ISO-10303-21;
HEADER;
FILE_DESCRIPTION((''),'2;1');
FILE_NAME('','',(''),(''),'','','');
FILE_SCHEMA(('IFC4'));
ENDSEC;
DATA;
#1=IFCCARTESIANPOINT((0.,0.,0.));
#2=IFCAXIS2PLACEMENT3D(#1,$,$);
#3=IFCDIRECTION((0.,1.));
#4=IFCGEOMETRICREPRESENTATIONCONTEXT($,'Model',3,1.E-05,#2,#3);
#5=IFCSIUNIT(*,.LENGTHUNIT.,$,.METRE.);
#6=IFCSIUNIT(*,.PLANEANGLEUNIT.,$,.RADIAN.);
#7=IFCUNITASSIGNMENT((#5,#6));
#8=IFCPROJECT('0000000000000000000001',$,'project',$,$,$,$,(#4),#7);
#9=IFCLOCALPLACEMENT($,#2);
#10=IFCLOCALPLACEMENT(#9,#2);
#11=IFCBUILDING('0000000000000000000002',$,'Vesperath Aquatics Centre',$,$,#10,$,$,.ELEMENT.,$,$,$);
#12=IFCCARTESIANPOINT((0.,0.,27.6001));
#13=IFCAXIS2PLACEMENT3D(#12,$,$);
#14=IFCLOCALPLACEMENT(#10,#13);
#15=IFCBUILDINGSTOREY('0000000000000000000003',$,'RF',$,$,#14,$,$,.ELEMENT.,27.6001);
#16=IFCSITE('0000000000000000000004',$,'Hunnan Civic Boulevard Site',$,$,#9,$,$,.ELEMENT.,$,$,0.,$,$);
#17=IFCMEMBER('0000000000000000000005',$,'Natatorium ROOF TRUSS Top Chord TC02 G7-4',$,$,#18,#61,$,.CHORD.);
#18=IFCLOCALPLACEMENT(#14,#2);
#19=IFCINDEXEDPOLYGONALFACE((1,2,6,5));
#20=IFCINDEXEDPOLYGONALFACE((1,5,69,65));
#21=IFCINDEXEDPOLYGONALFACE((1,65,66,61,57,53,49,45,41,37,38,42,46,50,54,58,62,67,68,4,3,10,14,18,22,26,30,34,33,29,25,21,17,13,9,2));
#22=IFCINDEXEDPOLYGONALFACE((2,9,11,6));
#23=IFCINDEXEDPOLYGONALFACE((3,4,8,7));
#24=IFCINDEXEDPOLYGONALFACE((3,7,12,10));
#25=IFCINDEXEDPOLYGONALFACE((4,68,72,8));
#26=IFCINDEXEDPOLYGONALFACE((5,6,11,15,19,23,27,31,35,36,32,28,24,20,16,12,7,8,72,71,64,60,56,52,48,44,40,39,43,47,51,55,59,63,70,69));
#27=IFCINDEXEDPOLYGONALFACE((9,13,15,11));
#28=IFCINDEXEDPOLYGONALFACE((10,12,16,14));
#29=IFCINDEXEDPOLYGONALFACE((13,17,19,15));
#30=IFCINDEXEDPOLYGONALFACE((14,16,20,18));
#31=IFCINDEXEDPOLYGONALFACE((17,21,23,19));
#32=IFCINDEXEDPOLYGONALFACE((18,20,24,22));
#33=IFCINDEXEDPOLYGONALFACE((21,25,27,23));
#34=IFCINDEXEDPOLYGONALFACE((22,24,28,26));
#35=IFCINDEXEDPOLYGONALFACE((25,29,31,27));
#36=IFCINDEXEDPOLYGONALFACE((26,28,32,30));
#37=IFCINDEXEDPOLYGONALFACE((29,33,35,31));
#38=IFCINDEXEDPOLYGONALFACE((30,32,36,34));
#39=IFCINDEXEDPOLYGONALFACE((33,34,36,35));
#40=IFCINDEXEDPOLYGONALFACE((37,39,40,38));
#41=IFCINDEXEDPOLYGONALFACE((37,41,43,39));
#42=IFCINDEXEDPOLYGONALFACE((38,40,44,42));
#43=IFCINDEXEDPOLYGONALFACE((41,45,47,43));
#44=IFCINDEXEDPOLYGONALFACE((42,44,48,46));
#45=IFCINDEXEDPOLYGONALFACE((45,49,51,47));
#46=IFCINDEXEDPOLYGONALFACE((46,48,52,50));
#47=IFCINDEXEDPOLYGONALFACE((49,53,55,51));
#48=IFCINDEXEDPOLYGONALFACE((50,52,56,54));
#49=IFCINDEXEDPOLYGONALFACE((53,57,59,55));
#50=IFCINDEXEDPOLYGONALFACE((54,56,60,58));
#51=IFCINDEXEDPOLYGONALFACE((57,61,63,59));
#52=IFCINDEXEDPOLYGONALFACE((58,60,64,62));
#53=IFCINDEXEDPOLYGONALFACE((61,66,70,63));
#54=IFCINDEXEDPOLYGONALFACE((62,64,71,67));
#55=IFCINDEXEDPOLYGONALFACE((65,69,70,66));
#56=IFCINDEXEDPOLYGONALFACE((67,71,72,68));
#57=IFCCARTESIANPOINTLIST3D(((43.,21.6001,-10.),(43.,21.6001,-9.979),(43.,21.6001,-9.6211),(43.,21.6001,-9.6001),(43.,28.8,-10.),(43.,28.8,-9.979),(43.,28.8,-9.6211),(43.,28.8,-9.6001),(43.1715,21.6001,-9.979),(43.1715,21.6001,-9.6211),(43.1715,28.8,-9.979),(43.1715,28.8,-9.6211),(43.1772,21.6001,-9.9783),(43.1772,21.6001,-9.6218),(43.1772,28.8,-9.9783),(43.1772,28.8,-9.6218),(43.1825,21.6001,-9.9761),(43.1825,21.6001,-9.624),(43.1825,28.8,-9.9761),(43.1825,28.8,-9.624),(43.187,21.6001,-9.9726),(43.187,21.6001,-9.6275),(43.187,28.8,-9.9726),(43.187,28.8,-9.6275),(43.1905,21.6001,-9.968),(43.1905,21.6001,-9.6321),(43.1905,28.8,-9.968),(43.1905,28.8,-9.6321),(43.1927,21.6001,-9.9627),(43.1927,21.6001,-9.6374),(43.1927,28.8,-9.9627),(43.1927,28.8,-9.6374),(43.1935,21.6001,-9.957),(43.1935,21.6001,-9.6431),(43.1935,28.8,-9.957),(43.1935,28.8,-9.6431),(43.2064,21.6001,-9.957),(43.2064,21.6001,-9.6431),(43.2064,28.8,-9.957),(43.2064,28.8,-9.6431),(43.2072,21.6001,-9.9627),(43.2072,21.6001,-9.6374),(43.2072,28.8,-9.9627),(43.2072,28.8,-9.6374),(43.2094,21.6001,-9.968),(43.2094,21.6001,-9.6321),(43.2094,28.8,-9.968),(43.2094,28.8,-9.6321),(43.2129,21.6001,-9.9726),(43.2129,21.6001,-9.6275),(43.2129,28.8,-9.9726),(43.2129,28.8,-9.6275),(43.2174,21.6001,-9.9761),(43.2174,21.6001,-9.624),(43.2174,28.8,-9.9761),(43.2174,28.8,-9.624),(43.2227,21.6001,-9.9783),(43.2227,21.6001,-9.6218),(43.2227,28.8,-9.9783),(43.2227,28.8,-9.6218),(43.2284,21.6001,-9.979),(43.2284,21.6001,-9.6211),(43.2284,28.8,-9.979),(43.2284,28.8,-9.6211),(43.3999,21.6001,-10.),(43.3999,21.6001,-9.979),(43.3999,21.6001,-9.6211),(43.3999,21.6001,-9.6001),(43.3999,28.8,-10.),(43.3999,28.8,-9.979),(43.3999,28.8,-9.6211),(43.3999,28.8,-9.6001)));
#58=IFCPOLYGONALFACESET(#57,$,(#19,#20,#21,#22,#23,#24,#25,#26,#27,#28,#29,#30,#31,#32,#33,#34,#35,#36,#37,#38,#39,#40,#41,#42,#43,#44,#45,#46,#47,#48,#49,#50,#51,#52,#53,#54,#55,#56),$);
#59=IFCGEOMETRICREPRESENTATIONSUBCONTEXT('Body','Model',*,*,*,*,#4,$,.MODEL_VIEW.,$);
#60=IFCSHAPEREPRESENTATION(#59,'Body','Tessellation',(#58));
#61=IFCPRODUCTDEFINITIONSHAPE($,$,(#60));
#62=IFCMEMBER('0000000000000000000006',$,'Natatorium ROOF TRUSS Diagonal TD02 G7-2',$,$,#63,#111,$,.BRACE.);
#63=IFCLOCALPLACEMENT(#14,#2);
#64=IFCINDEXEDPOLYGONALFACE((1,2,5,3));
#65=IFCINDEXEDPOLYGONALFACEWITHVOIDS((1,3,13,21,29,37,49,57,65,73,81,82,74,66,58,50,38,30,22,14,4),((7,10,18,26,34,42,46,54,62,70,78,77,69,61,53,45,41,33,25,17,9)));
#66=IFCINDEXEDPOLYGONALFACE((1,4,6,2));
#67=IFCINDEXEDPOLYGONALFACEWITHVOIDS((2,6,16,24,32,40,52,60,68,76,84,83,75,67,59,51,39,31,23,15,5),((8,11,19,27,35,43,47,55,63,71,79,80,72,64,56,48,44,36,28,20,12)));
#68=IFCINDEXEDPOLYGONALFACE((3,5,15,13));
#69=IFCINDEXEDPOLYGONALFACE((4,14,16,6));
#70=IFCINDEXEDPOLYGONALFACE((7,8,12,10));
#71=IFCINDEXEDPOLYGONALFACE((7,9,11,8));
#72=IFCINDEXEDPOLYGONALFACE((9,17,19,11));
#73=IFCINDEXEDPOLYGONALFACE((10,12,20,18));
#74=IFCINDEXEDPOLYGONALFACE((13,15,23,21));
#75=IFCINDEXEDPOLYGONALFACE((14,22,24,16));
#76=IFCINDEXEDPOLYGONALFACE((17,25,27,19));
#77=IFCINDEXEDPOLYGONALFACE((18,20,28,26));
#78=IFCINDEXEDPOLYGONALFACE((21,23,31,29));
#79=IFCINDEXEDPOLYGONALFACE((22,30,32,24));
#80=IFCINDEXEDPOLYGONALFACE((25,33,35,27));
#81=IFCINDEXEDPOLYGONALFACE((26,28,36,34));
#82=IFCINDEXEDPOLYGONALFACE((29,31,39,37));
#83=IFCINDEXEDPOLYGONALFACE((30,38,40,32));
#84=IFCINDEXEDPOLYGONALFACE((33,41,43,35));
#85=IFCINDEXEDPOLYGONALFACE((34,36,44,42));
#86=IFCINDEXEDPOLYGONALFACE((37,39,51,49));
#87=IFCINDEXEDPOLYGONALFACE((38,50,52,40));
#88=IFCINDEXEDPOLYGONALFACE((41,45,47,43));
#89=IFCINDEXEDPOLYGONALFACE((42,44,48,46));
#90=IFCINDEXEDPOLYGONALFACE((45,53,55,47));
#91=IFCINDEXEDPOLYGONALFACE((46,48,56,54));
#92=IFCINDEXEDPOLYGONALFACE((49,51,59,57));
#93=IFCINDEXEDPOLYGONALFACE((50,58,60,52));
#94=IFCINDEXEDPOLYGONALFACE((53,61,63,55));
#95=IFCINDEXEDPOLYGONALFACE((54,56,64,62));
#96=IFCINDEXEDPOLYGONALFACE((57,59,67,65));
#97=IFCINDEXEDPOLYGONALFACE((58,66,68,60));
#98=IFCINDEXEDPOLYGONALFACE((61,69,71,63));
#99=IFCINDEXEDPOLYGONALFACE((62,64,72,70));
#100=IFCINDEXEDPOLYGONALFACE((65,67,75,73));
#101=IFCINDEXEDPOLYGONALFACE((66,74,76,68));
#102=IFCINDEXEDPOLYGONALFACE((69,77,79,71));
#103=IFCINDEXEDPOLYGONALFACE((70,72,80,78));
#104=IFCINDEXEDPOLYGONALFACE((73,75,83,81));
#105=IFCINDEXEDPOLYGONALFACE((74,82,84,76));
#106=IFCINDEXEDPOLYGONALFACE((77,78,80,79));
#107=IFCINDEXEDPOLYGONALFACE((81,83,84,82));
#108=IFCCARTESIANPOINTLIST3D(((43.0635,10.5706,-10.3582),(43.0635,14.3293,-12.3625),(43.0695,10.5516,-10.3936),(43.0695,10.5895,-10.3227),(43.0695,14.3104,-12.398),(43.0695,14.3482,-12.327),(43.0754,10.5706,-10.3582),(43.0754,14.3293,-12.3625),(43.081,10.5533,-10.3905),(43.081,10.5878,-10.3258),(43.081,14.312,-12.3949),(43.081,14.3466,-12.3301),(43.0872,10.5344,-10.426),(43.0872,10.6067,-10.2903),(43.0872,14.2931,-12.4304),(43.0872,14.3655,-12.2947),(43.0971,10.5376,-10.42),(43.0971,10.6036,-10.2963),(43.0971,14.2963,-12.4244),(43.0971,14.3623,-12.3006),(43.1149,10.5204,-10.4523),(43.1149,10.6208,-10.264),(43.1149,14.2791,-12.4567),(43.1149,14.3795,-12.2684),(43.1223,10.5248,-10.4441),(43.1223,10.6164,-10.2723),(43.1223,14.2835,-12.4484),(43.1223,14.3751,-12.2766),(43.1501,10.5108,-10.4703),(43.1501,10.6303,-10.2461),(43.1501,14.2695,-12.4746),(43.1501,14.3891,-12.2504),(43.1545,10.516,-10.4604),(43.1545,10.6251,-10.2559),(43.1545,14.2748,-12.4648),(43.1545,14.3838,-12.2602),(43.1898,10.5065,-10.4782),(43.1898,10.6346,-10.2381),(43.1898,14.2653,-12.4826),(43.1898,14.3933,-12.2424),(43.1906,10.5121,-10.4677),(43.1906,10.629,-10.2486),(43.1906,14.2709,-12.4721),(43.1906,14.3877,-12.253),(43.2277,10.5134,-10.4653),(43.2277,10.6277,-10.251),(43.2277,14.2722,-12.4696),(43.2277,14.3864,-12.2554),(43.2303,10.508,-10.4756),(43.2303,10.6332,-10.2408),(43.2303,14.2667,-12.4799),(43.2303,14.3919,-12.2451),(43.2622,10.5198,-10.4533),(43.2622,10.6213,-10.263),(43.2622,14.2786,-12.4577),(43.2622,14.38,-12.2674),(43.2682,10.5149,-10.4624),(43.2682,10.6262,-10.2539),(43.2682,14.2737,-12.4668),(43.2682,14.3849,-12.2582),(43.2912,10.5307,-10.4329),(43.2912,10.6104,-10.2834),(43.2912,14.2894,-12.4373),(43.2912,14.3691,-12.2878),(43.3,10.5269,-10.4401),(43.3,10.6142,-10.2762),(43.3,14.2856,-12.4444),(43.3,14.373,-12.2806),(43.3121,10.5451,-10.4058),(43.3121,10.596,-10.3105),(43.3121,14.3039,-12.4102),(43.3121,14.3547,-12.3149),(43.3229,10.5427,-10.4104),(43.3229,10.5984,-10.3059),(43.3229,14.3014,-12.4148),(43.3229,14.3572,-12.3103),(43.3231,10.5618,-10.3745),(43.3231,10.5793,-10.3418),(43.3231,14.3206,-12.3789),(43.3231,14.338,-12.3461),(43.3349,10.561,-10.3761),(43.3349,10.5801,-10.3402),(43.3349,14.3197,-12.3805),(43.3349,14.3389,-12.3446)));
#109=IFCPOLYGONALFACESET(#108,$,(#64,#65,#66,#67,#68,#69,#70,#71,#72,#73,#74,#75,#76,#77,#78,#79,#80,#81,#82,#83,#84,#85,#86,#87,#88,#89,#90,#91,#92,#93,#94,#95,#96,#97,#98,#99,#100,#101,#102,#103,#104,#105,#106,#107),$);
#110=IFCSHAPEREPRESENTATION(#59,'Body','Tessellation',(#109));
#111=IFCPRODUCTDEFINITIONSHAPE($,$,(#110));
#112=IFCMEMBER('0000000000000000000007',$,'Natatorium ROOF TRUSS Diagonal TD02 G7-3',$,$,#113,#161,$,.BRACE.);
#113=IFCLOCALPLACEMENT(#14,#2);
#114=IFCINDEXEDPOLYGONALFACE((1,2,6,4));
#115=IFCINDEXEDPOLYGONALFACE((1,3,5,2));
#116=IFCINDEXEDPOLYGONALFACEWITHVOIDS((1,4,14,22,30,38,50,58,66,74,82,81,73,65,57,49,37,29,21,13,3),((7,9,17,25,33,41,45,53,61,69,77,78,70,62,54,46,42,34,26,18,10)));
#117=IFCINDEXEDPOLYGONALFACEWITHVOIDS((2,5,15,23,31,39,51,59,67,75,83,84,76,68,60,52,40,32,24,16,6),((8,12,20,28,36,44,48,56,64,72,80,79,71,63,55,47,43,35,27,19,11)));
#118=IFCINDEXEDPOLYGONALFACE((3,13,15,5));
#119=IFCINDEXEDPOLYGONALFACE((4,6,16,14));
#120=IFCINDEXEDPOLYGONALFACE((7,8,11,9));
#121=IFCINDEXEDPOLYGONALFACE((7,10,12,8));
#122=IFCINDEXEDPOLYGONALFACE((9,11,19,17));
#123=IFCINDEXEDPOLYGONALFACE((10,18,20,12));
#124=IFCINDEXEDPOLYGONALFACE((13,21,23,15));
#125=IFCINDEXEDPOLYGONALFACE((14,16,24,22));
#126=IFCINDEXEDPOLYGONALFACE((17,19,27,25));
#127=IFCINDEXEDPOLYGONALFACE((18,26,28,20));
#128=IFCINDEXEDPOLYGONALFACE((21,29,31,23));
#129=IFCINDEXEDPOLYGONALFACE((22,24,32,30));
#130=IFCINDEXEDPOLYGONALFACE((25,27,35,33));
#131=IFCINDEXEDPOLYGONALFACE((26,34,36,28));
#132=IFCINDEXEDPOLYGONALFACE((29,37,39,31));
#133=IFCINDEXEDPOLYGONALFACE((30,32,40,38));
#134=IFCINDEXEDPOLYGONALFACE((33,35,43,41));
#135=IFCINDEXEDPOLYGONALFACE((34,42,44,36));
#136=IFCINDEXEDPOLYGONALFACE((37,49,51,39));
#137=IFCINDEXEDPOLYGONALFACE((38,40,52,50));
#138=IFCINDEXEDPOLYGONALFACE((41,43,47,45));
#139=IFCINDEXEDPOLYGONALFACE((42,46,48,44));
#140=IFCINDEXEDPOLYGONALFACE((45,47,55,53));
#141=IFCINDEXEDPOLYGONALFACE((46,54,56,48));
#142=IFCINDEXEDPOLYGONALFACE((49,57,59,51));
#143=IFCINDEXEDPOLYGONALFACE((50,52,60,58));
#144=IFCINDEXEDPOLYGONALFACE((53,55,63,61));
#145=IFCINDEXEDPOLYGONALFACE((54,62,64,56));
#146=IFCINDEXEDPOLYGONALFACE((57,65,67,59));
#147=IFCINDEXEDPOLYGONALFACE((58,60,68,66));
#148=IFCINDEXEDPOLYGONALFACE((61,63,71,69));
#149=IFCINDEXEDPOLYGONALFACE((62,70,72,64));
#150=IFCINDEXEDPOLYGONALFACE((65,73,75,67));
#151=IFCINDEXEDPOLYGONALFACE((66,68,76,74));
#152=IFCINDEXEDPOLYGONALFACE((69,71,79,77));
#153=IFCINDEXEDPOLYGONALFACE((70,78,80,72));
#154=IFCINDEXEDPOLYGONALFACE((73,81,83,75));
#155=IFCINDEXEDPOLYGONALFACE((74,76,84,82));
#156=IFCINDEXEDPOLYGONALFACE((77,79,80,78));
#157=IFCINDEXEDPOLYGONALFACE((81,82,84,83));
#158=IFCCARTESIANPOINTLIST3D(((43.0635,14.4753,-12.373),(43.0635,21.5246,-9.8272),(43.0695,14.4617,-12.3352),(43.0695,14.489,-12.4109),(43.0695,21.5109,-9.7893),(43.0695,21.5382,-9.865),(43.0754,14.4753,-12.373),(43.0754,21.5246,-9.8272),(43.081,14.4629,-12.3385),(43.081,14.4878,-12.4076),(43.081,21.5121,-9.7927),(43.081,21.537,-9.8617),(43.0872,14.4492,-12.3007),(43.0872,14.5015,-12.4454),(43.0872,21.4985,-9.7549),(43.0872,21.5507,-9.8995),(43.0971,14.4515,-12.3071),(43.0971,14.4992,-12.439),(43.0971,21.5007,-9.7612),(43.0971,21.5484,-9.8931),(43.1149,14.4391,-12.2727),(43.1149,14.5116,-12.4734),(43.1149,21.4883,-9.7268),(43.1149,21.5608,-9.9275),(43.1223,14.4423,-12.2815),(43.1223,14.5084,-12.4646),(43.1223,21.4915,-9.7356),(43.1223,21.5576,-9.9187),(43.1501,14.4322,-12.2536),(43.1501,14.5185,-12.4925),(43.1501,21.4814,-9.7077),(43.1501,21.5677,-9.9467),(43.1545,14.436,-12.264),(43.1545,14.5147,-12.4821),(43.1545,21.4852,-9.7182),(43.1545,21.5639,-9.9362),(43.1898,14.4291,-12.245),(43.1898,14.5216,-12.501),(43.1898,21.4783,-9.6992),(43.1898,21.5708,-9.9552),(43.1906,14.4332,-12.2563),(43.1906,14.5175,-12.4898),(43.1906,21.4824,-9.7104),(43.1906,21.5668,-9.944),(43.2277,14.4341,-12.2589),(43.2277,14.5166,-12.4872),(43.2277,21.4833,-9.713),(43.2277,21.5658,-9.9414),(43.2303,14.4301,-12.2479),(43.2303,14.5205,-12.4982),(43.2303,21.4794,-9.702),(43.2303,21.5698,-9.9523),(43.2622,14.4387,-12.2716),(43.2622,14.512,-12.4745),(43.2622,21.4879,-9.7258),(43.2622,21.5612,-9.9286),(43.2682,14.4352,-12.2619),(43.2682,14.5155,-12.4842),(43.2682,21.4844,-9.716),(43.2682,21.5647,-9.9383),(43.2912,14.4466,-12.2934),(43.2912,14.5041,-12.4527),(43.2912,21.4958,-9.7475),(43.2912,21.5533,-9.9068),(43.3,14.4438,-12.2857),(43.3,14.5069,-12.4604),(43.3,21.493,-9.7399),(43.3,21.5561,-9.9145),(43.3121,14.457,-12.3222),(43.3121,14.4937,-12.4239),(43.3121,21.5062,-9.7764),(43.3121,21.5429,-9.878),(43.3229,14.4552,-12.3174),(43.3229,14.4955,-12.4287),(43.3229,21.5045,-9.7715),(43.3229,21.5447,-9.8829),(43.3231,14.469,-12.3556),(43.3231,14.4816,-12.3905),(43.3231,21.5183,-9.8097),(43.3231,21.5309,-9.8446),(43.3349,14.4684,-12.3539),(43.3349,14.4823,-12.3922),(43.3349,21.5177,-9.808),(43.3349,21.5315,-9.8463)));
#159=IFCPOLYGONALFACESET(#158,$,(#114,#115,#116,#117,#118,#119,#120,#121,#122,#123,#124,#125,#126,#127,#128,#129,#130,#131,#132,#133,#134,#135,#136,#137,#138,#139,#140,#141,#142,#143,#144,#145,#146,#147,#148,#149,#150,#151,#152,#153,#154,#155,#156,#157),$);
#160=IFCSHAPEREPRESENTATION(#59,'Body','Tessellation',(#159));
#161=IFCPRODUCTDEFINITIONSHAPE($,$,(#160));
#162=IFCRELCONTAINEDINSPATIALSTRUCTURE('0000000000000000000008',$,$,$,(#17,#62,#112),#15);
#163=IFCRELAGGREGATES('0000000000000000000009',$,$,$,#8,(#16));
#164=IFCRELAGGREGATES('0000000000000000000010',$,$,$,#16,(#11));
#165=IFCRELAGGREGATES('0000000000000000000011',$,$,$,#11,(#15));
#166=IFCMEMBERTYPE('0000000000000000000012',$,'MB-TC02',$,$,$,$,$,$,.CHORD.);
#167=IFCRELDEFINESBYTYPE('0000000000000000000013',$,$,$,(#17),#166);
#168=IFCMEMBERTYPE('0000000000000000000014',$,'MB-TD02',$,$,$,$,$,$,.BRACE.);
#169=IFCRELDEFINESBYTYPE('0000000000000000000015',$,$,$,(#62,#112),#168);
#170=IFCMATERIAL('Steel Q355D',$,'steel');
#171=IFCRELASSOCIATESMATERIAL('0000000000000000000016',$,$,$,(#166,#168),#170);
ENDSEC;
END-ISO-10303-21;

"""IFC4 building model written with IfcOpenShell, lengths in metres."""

from ifc_helpers import new_model, si_unit, direction, frame, origin, origin_2d, place, context, subcontext, project, spatial, hollow_circle, i_section, extrude, material, material_profile, profile_set, type_object, element, save


model = new_model("IFC4")

# Units and contexts
model_context = context("Model", 3, precision=1e-05, world=origin(), true_north=direction((0.0, 1.0)))
body_context = subcontext(model_context, "Body", "Model", "MODEL_VIEW")
ifc_project = project(units=[si_unit("LENGTHUNIT", "METRE"), si_unit("PLANEANGLEUNIT", "RADIAN")], contexts=[model_context])

# Site, building, storey
site_placement = place(None, origin())
site = spatial("IfcSite", under=ifc_project, at=site_placement, Name="Hunnan Civic Boulevard Site", CompositionType="ELEMENT", RefElevation=0.0)
building_placement = place(site_placement, origin())
building = spatial("IfcBuilding", under=site, at=building_placement, Name="Vesperath Aquatics Centre", CompositionType="ELEMENT")
storey_placement = place(building_placement, frame((0.0, 0.0, 27.6001)))
storey = spatial("IfcBuildingStorey", under=building, at=storey_placement, Name="RF", CompositionType="ELEMENT", Elevation=27.6001)

# Members
ifc_material_1 = material(Name="Steel Q355D", Category="steel")
ifc_material_profile_1 = material_profile(ifc_material_1, i_section(OverallWidth=0.3999, OverallDepth=0.3999, WebThickness=0.0129, FlangeThickness=0.021, FilletRadius=0.022, at=origin_2d()), Name="HW 400x400x13x21")
ifc_profile_set_1 = profile_set([ifc_material_profile_1], Name="Steel Q355D")
member_type_1 = type_object("IfcMemberType", Name="MB-TC02", PredefinedType="CHORD", material=ifc_profile_set_1)
member_1_placement = place(storey_placement, frame((43.2, 21.6001, -9.8), z_axis=(0.0, 1.0, 0.0), x_axis=(-1.0, 0.0, 0.0)))
element("IfcMember", 1, at=member_1_placement, inside=storey, type_object=member_type_1, Name="Natatorium ROOF TRUSS Top Chord TC02 G7-4", PredefinedType="CHORD", context=body_context, shape_type="SweptSolid", body=[
    extrude(i_section(OverallWidth=0.3999, OverallDepth=0.3999, WebThickness=0.0129, FlangeThickness=0.021, FilletRadius=0.022, at=origin_2d()), origin(), (0.0, 0.0, 1.0), 7.2),
])
ifc_material_profile_2 = material_profile(ifc_material_1, hollow_circle(Radius=0.1365, WallThickness=0.012, at=origin_2d()), Name="CHS 273.0x12")
ifc_profile_set_2 = profile_set([ifc_material_profile_2], Name="Steel Q355D")
member_type_2 = type_object("IfcMemberType", Name="MB-TD02", PredefinedType="BRACE", material=ifc_profile_set_2)
member_2_placement = place(storey_placement, frame((43.2, 10.5706, -10.3582), z_axis=(0.0, 0.882381, -0.470535), x_axis=(-1.0, 0.0, 0.0)))
element("IfcMember", 2, at=member_2_placement, inside=storey, type_object=member_type_2, Name="Natatorium ROOF TRUSS Diagonal TD02 G7-2", PredefinedType="BRACE", context=body_context, shape_type="SweptSolid", body=[
    extrude(hollow_circle(Radius=0.1365, WallThickness=0.012, at=origin_2d()), origin(), (0.0, 0.0, 1.0), 4.2598),
])
member_3_placement = place(storey_placement, frame((43.2, 14.4753, -12.373), z_axis=(0.0, 0.940541, 0.339681), x_axis=(-1.0, 0.0, 0.0)))
element("IfcMember", 3, at=member_3_placement, inside=storey, type_object=member_type_2, Name="Natatorium ROOF TRUSS Diagonal TD02 G7-3", PredefinedType="BRACE", context=body_context, shape_type="SweptSolid", body=[
    extrude(hollow_circle(Radius=0.1365, WallThickness=0.012, at=origin_2d()), origin(), (0.0, 0.0, 1.0), 7.4949),
])

save(model, "model.ifc")
